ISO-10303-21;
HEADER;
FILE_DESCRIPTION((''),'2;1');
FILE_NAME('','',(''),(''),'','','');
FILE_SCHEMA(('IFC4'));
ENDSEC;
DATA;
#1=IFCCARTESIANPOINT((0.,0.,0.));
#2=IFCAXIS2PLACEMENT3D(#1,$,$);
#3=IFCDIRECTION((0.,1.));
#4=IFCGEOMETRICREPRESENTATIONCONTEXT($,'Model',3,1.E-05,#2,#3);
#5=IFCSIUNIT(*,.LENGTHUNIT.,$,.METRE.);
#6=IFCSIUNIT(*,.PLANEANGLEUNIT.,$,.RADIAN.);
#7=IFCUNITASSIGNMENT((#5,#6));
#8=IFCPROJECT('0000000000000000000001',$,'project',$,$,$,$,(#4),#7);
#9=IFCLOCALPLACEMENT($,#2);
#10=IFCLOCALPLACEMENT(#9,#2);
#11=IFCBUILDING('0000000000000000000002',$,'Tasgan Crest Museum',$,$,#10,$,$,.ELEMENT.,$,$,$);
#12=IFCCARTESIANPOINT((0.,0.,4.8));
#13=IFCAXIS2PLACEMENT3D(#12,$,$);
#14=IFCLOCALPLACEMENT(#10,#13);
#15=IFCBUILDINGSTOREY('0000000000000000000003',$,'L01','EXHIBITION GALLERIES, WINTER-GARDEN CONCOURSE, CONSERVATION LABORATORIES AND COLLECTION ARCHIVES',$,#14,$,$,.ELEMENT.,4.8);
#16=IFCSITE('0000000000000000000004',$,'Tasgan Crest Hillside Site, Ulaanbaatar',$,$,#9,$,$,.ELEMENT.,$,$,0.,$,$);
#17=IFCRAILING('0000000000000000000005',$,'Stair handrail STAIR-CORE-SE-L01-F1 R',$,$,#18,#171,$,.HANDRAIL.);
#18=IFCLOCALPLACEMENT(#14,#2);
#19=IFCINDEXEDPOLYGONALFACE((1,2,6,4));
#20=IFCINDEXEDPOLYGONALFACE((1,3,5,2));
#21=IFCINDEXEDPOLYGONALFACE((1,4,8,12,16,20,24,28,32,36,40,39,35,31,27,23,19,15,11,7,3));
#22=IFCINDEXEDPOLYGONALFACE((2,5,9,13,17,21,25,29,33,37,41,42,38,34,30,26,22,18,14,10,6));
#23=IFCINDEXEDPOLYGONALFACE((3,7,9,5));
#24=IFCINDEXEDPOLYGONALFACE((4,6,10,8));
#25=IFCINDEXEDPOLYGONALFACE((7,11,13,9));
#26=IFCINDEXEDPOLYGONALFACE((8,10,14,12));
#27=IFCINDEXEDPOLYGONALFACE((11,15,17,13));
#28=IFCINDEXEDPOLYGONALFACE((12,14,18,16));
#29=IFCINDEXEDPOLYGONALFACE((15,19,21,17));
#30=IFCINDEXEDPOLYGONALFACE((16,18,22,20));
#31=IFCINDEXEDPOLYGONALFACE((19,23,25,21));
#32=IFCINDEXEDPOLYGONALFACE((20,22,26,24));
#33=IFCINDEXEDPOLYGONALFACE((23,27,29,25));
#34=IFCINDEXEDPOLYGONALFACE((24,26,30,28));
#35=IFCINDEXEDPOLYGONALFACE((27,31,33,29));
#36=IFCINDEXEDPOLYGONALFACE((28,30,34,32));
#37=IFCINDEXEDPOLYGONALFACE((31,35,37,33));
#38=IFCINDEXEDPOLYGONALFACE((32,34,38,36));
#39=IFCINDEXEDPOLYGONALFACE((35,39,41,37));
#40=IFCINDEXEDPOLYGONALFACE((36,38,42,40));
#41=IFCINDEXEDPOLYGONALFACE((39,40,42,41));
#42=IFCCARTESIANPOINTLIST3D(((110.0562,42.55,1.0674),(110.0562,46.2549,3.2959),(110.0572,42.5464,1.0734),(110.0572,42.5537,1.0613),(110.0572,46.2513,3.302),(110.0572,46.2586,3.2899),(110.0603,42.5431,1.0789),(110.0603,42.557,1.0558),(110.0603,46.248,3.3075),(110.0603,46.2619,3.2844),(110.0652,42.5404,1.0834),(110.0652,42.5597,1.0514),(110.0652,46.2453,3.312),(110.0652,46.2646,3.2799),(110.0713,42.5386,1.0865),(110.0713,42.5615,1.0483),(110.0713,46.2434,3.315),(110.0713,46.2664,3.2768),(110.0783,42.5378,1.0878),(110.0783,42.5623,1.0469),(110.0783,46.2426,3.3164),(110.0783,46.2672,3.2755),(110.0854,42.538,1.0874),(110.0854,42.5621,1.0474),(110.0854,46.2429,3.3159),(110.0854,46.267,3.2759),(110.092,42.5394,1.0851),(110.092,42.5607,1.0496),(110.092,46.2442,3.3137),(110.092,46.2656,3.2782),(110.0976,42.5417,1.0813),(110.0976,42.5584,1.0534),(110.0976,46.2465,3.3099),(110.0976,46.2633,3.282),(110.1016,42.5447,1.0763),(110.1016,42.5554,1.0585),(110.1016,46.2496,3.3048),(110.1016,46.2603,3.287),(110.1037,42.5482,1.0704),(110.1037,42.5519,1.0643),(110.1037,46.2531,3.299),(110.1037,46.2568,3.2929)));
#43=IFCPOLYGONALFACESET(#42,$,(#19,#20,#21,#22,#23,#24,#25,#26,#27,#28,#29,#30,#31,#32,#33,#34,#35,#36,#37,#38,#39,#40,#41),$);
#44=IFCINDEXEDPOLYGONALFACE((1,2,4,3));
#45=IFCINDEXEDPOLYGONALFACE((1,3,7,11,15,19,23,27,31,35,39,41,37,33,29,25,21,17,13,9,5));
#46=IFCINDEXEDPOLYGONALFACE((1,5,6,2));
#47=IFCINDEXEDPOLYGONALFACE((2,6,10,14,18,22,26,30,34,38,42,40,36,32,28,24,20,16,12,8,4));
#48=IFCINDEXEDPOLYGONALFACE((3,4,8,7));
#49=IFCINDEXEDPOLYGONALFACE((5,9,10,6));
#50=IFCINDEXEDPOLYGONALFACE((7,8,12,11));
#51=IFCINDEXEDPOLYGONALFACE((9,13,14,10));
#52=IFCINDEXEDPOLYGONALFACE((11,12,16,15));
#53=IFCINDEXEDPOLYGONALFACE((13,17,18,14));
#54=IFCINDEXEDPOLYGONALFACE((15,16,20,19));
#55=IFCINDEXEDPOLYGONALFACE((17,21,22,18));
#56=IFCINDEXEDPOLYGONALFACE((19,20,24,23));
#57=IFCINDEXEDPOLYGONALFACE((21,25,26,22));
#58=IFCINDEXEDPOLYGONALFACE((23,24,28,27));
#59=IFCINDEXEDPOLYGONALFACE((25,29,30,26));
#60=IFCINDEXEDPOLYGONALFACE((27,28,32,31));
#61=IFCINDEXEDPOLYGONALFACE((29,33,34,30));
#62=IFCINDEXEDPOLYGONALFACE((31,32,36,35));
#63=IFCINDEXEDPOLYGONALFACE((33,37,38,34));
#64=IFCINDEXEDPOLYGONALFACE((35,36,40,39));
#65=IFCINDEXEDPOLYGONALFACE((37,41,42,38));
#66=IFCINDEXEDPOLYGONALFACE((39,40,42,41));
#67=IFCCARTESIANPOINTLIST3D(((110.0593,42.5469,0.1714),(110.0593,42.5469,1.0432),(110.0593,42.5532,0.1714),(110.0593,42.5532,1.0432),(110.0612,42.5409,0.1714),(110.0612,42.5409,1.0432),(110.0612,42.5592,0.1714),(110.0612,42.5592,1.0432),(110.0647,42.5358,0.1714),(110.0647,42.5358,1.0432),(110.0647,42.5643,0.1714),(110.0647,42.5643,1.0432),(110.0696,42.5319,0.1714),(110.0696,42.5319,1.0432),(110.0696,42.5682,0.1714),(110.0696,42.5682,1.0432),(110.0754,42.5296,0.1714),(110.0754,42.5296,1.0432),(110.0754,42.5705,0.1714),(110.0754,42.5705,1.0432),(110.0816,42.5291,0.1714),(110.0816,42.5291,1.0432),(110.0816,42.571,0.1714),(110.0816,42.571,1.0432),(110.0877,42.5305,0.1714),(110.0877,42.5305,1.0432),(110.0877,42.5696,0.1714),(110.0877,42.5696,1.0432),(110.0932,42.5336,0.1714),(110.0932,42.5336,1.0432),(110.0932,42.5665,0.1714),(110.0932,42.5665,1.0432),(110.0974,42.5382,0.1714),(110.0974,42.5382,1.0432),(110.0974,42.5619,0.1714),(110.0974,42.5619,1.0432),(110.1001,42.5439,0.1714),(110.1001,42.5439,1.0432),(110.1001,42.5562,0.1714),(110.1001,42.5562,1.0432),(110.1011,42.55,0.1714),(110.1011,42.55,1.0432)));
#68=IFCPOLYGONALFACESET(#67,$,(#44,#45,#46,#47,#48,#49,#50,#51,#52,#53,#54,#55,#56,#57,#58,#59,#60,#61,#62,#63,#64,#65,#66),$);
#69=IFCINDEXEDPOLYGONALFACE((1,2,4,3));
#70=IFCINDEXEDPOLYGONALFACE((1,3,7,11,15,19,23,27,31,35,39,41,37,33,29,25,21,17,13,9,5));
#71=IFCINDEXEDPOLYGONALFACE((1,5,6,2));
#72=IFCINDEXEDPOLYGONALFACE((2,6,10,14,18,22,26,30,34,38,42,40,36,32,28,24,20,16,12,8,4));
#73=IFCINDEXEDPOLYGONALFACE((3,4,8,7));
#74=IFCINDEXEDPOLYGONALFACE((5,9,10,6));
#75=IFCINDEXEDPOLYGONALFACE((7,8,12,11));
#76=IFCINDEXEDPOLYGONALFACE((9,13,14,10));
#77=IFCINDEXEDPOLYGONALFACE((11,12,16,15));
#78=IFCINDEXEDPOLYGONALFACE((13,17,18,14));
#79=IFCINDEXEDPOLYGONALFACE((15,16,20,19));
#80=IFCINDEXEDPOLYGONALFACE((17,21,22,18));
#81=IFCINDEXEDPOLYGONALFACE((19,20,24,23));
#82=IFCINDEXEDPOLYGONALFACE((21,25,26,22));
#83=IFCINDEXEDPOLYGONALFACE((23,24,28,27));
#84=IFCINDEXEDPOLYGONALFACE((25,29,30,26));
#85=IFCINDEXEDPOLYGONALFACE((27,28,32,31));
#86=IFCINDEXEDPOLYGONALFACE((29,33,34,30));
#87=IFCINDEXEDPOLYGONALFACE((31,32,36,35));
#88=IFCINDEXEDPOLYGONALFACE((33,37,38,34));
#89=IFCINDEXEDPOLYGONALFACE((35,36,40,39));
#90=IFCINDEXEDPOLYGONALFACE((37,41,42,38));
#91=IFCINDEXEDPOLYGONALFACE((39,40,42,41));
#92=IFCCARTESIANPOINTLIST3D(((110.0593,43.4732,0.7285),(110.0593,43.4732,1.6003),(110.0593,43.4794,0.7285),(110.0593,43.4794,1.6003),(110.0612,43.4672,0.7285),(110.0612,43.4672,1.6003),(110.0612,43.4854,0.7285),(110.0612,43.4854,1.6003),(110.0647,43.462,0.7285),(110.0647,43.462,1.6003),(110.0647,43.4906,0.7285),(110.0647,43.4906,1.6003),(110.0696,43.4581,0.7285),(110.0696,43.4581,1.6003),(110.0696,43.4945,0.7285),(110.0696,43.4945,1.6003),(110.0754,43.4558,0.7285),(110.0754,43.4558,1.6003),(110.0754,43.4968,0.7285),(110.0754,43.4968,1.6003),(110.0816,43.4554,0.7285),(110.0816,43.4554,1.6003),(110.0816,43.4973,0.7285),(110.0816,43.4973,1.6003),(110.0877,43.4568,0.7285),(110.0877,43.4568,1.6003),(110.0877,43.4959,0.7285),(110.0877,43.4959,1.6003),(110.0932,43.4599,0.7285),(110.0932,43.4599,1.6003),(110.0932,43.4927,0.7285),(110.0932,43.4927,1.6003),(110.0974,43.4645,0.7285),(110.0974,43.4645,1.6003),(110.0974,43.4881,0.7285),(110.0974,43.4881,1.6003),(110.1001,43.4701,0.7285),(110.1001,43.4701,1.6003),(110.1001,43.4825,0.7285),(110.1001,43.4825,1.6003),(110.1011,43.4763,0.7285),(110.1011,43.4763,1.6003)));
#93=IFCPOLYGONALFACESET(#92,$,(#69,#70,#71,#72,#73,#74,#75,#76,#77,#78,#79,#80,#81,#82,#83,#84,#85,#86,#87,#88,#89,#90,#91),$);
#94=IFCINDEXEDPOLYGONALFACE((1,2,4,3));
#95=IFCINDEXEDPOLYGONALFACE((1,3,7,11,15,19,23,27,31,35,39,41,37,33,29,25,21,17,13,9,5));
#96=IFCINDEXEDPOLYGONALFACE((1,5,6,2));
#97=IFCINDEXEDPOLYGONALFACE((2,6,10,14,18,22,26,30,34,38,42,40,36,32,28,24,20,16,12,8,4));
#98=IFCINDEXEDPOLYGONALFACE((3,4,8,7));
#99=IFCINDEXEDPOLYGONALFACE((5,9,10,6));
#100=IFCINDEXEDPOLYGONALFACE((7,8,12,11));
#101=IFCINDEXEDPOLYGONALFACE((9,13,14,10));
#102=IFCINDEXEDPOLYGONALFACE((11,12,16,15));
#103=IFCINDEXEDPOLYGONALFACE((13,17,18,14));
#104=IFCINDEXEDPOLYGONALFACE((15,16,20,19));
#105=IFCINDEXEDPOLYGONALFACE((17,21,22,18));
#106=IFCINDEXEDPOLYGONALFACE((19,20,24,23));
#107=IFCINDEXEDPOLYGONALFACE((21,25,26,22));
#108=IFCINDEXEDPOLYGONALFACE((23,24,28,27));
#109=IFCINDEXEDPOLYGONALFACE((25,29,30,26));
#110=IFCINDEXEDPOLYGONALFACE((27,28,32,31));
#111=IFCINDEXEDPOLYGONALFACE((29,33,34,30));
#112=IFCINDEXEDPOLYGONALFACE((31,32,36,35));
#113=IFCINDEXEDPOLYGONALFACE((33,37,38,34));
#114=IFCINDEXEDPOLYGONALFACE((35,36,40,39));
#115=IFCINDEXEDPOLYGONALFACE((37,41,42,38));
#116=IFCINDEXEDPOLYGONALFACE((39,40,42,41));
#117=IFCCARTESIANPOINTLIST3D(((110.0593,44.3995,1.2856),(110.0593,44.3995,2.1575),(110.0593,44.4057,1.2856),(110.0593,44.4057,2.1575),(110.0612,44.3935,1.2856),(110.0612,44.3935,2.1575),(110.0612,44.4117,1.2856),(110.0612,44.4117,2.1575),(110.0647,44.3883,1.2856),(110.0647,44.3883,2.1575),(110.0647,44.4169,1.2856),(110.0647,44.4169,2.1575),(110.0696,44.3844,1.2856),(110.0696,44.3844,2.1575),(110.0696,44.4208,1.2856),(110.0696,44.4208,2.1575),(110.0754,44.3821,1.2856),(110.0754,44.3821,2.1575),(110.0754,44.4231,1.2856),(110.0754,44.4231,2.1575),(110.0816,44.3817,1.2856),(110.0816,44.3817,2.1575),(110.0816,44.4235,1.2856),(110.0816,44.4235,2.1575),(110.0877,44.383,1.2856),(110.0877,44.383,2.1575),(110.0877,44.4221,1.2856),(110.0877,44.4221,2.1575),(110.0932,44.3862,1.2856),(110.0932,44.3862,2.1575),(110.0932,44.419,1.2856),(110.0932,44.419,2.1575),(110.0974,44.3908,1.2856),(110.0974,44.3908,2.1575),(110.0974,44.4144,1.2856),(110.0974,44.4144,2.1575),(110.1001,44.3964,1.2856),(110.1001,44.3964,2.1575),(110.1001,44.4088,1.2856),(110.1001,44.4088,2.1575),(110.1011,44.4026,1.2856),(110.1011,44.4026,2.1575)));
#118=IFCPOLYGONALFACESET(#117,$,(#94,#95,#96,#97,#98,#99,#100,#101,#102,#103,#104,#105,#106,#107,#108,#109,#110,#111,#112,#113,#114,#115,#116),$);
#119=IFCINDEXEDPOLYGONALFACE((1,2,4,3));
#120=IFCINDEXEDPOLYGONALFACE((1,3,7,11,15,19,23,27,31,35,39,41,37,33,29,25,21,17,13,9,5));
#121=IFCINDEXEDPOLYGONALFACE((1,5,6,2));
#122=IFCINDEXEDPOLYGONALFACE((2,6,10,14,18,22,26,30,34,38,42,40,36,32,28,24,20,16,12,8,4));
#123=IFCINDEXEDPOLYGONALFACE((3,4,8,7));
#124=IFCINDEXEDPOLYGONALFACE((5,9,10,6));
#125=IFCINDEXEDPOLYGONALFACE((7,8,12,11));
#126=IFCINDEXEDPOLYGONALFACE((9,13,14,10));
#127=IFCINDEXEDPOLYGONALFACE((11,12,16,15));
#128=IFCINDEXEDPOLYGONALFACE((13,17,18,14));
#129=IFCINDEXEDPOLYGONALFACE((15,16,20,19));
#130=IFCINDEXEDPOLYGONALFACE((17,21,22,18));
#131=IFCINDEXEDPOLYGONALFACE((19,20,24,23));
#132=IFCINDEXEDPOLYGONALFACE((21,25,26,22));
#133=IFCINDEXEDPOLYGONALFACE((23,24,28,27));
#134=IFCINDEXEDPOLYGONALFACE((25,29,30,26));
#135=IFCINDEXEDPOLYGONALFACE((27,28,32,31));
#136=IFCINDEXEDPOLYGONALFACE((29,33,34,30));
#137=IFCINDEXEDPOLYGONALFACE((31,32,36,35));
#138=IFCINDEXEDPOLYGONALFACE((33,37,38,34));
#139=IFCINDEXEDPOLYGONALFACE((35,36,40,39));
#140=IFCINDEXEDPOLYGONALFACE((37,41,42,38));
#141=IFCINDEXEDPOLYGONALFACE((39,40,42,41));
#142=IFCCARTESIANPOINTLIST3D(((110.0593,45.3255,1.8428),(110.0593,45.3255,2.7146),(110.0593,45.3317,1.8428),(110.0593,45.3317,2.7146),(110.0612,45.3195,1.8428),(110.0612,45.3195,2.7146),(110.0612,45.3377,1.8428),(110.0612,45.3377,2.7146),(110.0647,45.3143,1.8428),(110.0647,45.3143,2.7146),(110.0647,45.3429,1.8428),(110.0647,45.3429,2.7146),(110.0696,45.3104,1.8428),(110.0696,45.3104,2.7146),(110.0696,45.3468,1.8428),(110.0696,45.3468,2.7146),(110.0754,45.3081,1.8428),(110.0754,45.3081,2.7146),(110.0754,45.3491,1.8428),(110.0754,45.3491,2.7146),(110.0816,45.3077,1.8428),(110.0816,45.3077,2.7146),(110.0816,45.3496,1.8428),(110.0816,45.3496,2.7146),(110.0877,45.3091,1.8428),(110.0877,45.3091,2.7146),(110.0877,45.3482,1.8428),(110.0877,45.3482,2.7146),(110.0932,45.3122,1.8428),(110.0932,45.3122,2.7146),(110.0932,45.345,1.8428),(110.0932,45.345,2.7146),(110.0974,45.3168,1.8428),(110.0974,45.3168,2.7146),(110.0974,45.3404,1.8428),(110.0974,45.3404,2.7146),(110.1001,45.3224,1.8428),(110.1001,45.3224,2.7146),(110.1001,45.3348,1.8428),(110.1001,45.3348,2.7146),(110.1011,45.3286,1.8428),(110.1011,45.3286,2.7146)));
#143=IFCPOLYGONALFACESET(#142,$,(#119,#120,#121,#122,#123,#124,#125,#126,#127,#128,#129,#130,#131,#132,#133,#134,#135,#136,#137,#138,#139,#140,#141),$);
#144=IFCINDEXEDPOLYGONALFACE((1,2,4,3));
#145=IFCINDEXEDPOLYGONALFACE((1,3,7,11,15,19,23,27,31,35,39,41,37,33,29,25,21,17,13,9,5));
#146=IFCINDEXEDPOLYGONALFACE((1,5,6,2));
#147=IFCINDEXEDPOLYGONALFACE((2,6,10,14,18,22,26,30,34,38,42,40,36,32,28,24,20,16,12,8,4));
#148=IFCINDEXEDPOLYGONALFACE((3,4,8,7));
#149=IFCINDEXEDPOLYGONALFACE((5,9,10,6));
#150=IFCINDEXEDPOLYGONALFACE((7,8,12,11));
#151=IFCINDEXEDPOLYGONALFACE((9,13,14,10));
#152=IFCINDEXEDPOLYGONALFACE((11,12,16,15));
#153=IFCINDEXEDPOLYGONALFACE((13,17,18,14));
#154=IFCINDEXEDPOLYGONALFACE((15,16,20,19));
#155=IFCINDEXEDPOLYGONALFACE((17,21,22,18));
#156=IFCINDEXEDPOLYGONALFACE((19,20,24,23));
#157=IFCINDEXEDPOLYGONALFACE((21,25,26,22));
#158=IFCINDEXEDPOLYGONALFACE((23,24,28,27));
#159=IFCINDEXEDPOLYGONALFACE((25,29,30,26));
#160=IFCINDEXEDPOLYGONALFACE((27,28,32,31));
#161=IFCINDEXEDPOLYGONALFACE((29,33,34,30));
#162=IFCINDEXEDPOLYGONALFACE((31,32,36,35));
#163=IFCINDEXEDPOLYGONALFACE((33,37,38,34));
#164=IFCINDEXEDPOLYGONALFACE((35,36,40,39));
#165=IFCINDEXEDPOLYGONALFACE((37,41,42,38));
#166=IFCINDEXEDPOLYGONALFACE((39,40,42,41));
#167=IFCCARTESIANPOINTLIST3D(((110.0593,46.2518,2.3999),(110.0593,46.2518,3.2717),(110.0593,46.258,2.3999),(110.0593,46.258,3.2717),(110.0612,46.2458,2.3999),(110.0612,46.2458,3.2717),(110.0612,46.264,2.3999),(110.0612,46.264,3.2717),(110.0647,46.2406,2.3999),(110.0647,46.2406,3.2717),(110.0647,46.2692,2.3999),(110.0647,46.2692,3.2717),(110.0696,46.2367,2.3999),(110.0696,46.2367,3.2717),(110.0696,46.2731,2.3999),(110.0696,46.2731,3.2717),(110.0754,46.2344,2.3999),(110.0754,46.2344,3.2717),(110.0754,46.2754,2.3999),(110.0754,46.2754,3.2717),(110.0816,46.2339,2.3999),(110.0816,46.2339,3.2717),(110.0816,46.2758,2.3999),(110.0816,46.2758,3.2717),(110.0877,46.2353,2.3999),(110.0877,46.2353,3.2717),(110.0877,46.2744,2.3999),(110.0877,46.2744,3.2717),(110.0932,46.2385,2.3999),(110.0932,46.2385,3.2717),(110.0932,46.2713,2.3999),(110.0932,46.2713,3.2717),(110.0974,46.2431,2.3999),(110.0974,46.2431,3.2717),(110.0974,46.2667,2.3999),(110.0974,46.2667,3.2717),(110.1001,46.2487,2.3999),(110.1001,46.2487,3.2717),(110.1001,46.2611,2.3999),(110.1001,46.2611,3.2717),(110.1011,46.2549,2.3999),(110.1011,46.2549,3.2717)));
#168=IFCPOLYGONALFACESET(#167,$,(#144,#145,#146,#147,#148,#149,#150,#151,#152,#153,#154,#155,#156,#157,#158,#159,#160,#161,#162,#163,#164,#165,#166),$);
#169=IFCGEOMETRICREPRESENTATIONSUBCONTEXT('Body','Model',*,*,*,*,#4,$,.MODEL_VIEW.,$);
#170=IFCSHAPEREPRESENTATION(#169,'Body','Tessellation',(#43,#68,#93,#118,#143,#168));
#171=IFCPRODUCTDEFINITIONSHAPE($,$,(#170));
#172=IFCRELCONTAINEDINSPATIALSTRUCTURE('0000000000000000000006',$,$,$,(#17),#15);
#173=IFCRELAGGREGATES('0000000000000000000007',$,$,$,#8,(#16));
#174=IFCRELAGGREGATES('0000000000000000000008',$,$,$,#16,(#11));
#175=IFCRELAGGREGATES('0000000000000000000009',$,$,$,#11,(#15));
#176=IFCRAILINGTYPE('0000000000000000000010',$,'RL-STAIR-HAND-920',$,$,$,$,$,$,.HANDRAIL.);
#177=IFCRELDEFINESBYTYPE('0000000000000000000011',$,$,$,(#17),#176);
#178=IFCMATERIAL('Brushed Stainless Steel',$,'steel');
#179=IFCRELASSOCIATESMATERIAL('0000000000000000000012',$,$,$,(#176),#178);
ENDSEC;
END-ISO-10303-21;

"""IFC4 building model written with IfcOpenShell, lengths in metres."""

from ifc_helpers import new_model, si_unit, direction, frame, origin, origin_2d, place, context, subcontext, project, spatial, circle, extrude, material, type_object, element, save


model = new_model("IFC4")

# Units and contexts
model_context = context("Model", 3, precision=1e-05, world=origin(), true_north=direction((0.0, 1.0)))
body_context = subcontext(model_context, "Body", "Model", "MODEL_VIEW")
ifc_project = project(units=[si_unit("LENGTHUNIT", "METRE"), si_unit("PLANEANGLEUNIT", "RADIAN")], contexts=[model_context])

# Site, building, storey
site_placement = place(None, origin())
site = spatial("IfcSite", under=ifc_project, at=site_placement, Name="Tasgan Crest Hillside Site, Ulaanbaatar", CompositionType="ELEMENT", RefElevation=0.0)
building_placement = place(site_placement, origin())
building = spatial("IfcBuilding", under=site, at=building_placement, Name="Tasgan Crest Museum", CompositionType="ELEMENT")
storey_placement = place(building_placement, frame((0.0, 0.0, 4.8)))
storey = spatial("IfcBuildingStorey", under=building, at=storey_placement, Name="L01", Description="EXHIBITION GALLERIES, WINTER-GARDEN CONCOURSE, CONSERVATION LABORATORIES AND COLLECTION ARCHIVES", CompositionType="ELEMENT", Elevation=4.8)

# Railing
ifc_material_1 = material(Name="Brushed Stainless Steel", Category="steel")
railing_type_1 = type_object("IfcRailingType", Name="RL-STAIR-HAND-920", PredefinedType="HANDRAIL", material=ifc_material_1)
for number, where, name in (
    (1, (110.0801, 42.55, 0.1714), "Stair handrail STAIR-CORE-SE-L01-F1 R"),
):
    element("IfcRailing", number, at=place(storey_placement, frame(where)), inside=storey, type_object=railing_type_1, Name=name, PredefinedType="HANDRAIL", context=body_context, shape_type="SweptSolid", body=[
        extrude(circle(Radius=0.0239, at=origin_2d()), frame((0.0, 0.0, 0.896), z_axis=(0.0, 0.856919, 0.51545), x_axis=(-1.0, 0.0, 0.0)), (0.0, 0.0, 1.0), 4.3235),
        extrude(circle(Radius=0.021, at=origin_2d()), origin(), (0.0, 0.0, 1.0), 0.8718),
        extrude(circle(Radius=0.021, at=origin_2d()), frame((0.0, 0.9263, 0.5571)), (0.0, 0.0, 1.0), 0.8718),
        extrude(circle(Radius=0.021, at=origin_2d()), frame((0.0, 1.8525, 1.1143)), (0.0, 0.0, 1.0), 0.8718),
        extrude(circle(Radius=0.021, at=origin_2d()), frame((0.0, 2.7786, 1.6714)), (0.0, 0.0, 1.0), 0.8718),
        extrude(circle(Radius=0.021, at=origin_2d()), frame((0.0, 3.7048, 2.2285)), (0.0, 0.0, 1.0), 0.8718),
    ])

save(model, "model.ifc")
